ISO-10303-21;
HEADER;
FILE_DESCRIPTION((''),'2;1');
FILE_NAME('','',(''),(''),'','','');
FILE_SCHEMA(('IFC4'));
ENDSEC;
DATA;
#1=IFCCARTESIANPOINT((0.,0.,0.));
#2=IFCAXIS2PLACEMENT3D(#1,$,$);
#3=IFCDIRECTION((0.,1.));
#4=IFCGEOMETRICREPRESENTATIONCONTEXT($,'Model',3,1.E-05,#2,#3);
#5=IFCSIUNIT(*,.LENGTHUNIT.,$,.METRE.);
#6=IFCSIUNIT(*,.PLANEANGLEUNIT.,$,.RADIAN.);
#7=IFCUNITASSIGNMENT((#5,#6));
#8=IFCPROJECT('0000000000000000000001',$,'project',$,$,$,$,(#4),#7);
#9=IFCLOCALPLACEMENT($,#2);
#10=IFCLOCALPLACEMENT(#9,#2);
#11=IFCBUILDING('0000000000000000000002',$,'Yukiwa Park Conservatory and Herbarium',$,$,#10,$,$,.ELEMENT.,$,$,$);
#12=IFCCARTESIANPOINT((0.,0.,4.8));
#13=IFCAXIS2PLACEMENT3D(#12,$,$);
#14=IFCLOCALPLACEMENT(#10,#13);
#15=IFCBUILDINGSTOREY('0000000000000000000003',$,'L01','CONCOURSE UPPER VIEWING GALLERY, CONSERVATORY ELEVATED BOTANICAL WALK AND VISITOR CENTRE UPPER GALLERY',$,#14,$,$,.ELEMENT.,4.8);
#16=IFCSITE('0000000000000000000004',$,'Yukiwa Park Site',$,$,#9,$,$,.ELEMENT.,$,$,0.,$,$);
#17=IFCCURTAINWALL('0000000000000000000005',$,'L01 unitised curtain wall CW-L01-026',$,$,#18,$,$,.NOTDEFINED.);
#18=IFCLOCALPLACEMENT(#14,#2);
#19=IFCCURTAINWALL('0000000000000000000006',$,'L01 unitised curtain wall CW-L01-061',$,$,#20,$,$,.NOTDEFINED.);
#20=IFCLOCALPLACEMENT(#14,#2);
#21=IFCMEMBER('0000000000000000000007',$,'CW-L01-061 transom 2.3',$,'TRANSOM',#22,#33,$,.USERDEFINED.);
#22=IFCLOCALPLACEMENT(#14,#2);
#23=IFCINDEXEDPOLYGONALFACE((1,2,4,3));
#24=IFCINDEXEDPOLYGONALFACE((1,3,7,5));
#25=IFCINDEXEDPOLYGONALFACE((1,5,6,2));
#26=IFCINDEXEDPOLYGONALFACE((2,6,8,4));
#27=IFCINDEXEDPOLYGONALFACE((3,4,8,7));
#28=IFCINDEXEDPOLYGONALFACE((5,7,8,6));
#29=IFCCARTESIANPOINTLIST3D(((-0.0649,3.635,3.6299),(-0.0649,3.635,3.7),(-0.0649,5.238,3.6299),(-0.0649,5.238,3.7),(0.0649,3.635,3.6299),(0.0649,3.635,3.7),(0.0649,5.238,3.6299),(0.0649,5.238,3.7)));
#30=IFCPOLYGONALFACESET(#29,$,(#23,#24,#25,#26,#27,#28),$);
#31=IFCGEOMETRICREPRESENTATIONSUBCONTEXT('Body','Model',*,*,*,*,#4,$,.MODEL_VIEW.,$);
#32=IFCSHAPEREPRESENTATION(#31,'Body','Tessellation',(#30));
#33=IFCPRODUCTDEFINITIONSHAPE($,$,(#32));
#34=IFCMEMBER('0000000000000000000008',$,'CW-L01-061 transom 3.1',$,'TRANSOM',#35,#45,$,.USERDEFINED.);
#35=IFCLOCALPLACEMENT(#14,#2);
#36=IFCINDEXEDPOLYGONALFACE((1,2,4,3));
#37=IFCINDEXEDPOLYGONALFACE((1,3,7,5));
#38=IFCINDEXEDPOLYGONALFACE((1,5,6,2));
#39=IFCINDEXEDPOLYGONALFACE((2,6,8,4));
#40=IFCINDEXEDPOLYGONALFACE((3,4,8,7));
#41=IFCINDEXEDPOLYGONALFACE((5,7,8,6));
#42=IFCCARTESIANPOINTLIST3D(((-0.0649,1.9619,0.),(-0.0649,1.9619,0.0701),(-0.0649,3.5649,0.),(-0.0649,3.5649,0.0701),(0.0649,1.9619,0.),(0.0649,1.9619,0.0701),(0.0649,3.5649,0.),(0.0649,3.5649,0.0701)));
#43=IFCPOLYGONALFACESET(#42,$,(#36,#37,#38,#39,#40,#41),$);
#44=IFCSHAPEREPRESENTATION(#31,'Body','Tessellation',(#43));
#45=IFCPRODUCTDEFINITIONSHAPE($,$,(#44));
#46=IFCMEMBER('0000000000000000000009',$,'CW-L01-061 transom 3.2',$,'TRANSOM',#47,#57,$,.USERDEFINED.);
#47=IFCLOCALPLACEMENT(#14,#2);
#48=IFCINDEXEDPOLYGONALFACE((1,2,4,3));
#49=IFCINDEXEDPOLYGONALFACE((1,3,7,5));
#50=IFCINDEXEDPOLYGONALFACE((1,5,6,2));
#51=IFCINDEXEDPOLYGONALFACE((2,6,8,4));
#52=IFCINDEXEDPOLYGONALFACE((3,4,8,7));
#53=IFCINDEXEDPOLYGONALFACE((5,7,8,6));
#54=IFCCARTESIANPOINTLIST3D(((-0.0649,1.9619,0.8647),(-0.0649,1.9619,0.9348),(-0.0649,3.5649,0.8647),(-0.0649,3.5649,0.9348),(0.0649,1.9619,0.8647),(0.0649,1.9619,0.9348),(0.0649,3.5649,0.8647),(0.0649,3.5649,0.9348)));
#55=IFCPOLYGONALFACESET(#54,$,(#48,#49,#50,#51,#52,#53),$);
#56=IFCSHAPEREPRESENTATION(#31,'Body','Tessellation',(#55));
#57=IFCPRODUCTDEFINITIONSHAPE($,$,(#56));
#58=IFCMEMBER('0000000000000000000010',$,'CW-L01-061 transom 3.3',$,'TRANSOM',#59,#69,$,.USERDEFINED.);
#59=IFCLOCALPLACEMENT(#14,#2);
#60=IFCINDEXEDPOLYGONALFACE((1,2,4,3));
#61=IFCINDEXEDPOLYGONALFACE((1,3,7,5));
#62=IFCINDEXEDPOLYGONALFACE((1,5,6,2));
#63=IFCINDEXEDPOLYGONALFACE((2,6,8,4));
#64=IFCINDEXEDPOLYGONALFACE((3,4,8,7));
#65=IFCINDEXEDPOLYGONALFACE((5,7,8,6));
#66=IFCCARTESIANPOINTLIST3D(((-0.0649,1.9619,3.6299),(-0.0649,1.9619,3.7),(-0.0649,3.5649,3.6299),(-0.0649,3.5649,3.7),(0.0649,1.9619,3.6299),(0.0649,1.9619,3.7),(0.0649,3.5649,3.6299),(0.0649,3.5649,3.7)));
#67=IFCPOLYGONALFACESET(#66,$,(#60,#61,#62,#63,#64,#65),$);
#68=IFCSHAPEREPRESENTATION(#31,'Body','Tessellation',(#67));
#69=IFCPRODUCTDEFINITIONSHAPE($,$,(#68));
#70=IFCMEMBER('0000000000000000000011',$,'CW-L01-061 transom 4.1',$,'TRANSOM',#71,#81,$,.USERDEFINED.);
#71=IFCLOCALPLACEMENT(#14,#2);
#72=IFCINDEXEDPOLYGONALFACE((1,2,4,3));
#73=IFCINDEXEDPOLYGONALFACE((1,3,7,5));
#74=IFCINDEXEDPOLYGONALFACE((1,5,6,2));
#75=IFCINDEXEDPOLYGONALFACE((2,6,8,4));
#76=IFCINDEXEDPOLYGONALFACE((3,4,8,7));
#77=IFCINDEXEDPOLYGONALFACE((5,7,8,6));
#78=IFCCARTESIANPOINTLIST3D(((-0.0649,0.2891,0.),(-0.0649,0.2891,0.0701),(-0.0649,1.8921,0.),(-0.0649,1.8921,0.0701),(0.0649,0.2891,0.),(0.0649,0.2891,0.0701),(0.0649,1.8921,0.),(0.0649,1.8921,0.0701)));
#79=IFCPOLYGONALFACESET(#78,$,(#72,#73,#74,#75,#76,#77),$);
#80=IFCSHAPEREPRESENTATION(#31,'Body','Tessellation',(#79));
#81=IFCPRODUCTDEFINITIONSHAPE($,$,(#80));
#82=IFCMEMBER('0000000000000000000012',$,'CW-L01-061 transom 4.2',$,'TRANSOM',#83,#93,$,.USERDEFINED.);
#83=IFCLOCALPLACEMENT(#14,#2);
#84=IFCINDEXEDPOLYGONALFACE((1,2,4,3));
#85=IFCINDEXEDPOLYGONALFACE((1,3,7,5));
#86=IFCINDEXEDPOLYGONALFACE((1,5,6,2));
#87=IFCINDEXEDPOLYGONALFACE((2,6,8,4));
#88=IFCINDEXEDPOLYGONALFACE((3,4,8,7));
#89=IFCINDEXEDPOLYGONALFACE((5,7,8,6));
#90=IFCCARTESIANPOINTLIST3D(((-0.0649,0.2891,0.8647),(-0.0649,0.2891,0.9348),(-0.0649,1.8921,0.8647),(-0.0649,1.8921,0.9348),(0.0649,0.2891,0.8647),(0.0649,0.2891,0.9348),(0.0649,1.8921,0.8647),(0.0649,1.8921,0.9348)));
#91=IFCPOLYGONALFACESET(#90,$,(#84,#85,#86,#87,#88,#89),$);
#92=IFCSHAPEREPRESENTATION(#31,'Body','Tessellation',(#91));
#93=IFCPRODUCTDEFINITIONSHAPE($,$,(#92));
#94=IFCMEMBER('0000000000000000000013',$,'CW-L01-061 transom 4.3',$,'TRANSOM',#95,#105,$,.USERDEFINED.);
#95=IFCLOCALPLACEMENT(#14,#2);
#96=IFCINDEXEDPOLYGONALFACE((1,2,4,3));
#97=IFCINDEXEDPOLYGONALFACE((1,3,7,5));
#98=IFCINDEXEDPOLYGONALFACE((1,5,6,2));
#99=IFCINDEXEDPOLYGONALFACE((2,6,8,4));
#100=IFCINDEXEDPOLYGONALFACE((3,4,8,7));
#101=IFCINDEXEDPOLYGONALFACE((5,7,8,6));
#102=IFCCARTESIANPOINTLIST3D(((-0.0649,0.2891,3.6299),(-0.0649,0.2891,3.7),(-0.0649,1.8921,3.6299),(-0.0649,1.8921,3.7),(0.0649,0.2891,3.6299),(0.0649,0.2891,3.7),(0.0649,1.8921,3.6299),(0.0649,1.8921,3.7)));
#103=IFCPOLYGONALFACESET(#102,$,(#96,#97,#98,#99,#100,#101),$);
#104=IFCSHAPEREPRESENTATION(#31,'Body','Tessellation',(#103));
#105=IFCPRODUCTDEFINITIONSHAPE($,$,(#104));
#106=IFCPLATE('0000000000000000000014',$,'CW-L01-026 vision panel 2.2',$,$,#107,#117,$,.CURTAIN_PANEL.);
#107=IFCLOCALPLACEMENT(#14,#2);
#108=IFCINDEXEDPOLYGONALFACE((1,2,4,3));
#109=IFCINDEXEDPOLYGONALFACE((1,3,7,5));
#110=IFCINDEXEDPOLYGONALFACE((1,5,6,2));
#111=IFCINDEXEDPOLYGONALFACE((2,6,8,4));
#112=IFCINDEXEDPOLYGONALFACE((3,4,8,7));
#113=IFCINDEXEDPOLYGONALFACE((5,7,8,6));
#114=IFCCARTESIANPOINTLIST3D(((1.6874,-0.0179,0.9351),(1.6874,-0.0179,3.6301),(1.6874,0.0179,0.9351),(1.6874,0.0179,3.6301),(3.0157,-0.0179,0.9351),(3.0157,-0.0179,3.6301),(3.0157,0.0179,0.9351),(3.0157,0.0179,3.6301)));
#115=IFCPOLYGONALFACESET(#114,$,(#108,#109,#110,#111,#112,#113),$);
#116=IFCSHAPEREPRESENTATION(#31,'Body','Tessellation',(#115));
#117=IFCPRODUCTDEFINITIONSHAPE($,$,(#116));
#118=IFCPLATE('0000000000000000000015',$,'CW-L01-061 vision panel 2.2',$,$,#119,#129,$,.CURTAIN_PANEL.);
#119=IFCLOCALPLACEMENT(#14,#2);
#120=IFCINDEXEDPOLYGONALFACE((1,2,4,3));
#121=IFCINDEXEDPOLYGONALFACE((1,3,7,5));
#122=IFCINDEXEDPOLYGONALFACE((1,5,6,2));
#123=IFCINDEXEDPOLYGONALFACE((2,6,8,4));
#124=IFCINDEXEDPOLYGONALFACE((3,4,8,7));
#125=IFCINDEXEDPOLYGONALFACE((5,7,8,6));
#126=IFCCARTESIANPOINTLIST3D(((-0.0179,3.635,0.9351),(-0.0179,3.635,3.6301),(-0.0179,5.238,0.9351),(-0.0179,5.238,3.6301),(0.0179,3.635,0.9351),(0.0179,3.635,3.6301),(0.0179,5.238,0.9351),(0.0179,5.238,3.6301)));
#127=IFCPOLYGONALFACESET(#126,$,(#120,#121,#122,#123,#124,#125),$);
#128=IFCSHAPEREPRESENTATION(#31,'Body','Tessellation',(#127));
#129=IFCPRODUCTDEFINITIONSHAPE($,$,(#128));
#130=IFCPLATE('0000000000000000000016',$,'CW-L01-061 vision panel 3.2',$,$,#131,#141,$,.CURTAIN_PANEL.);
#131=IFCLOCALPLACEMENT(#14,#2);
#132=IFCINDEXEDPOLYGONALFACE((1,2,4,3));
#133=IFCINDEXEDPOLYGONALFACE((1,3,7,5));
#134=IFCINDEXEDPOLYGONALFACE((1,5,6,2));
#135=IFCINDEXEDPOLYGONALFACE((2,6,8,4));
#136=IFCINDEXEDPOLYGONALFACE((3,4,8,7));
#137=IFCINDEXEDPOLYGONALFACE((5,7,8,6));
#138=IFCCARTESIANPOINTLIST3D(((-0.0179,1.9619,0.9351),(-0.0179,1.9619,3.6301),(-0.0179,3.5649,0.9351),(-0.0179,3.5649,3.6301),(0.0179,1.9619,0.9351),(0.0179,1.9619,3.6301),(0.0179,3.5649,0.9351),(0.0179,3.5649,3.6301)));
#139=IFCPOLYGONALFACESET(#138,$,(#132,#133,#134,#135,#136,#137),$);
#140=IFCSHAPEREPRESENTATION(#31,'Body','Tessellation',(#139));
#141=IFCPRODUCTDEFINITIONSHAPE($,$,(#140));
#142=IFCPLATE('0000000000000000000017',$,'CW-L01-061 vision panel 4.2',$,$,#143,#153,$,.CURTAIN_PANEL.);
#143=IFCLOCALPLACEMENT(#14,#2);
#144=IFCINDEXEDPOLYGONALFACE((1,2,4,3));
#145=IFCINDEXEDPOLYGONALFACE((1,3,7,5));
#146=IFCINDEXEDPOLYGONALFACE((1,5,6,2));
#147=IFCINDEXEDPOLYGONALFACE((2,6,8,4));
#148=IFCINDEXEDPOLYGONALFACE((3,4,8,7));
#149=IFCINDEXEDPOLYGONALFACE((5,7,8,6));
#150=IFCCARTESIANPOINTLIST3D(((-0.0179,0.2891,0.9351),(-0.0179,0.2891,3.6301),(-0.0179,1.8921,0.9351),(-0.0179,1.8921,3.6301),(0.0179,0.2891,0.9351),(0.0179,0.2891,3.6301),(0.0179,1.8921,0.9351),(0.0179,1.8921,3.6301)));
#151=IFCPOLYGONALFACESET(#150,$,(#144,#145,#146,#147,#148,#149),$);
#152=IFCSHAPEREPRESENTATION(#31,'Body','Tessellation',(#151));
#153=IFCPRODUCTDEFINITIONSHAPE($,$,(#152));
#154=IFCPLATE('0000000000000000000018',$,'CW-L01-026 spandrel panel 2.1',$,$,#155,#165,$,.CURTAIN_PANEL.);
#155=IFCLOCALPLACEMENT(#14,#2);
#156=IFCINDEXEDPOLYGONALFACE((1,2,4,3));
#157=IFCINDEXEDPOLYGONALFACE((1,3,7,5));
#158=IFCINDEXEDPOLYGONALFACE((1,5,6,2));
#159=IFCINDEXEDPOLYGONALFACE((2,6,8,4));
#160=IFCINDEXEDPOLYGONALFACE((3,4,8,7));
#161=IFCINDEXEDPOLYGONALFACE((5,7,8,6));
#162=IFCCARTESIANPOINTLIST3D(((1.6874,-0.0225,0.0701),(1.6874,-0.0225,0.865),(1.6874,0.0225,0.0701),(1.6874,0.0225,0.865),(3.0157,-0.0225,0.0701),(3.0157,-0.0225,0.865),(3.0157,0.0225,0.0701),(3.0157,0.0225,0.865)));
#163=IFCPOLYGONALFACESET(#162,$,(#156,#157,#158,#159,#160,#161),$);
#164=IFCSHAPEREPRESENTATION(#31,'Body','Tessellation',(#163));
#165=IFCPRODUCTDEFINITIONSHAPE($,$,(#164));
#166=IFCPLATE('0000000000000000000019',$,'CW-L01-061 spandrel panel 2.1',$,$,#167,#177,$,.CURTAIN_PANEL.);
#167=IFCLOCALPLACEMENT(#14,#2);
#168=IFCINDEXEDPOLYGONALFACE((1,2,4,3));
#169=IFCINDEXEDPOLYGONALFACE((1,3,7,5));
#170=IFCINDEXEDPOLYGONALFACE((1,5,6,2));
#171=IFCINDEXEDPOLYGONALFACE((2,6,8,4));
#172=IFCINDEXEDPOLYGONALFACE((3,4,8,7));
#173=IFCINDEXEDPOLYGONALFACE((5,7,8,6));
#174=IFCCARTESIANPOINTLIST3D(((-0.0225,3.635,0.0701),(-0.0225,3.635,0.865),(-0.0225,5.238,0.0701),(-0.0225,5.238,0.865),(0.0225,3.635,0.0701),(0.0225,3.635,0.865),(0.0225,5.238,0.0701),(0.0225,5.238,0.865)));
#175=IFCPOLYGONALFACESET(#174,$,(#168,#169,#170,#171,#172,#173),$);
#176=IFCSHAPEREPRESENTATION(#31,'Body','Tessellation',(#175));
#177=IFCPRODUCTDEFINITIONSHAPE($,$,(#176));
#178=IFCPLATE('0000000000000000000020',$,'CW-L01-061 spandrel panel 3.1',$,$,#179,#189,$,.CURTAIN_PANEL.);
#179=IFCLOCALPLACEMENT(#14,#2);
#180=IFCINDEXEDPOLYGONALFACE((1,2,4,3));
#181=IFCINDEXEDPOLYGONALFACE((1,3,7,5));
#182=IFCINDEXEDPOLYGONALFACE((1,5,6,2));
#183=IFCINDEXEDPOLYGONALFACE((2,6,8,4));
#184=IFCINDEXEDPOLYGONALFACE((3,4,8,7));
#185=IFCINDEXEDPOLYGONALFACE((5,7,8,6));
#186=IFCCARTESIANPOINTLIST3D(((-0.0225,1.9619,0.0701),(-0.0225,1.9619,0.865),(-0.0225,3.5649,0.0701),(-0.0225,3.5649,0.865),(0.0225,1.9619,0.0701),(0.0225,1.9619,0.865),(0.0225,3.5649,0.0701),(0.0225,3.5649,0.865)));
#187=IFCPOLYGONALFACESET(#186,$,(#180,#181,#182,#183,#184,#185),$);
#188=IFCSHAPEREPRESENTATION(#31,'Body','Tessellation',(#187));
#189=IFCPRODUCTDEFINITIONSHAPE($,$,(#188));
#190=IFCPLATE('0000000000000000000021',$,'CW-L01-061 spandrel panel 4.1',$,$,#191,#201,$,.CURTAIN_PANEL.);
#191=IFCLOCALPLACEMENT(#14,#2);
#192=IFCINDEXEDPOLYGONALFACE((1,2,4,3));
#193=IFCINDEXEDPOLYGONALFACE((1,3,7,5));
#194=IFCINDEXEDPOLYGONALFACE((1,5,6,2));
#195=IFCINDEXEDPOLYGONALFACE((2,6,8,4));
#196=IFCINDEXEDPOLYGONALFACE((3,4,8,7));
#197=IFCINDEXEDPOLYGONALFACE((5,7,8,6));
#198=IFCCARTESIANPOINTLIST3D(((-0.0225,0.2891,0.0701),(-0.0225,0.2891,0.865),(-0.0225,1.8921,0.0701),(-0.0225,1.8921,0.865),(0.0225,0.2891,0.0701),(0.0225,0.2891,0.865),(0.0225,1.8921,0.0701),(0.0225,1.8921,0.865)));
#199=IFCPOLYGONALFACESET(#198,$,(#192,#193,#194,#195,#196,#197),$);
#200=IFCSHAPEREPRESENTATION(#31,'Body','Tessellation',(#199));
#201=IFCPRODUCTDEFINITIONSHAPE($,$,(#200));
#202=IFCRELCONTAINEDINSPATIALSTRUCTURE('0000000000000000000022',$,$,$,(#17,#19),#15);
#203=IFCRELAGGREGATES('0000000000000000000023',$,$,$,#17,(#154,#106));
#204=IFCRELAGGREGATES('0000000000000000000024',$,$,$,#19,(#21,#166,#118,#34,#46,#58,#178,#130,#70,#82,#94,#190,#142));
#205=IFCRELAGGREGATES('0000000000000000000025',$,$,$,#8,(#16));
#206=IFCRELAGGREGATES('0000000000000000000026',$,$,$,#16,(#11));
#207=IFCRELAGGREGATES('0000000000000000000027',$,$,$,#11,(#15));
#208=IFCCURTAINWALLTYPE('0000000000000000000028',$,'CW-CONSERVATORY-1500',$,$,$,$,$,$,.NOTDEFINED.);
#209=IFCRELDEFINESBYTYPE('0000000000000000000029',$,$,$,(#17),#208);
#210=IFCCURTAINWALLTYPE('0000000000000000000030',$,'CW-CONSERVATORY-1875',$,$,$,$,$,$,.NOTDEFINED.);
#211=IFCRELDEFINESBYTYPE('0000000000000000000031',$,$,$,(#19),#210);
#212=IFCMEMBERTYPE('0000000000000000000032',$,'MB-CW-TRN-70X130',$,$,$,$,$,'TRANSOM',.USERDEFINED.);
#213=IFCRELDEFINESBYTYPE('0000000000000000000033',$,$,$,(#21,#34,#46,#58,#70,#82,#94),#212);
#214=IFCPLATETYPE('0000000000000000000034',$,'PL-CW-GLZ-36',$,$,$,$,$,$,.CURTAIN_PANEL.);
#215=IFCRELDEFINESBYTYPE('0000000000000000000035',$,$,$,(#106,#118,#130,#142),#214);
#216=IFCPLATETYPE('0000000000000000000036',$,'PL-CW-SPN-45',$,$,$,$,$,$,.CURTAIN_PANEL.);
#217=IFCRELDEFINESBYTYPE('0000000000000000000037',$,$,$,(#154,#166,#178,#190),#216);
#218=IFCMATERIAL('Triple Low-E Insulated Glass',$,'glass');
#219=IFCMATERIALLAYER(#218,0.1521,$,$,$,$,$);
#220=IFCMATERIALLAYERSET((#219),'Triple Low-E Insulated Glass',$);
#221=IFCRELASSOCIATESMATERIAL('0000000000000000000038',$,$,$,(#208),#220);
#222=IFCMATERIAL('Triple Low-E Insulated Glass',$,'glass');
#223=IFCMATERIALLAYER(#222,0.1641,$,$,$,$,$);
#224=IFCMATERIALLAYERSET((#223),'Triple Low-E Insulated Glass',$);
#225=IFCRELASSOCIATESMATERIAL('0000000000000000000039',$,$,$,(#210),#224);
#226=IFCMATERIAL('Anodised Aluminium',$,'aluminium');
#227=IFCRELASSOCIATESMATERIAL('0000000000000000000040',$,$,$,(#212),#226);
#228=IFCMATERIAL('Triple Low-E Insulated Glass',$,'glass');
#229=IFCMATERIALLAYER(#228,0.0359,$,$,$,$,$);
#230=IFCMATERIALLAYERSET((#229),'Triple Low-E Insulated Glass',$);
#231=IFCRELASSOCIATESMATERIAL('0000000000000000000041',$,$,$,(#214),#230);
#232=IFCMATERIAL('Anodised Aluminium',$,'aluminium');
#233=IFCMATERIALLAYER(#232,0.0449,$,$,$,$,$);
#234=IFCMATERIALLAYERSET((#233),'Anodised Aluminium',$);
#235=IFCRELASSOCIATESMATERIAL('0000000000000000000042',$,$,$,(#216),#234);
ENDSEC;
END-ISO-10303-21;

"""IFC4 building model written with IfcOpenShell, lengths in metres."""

from ifc_helpers import new_model, si_unit, direction, frame, origin, origin_2d, place, context, subcontext, project, spatial, rectangle, extrude, material, layer, layer_set, type_object, element, aggregate, save


model = new_model("IFC4")

# Units and contexts
model_context = context("Model", 3, precision=1e-05, world=origin(), true_north=direction((0.0, 1.0)))
body_context = subcontext(model_context, "Body", "Model", "MODEL_VIEW")
ifc_project = project(units=[si_unit("LENGTHUNIT", "METRE"), si_unit("PLANEANGLEUNIT", "RADIAN")], contexts=[model_context])

# Site, building, storey
site_placement = place(None, origin())
site = spatial("IfcSite", under=ifc_project, at=site_placement, Name="Yukiwa Park Site", CompositionType="ELEMENT", RefElevation=0.0)
building_placement = place(site_placement, origin())
building = spatial("IfcBuilding", under=site, at=building_placement, Name="Yukiwa Park Conservatory and Herbarium", CompositionType="ELEMENT")
storey_placement = place(building_placement, frame((0.0, 0.0, 4.8)))
storey = spatial("IfcBuildingStorey", under=building, at=storey_placement, Name="L01", Description="CONCOURSE UPPER VIEWING GALLERY, CONSERVATORY ELEVATED BOTANICAL WALK AND VISITOR CENTRE UPPER GALLERY", CompositionType="ELEMENT", Elevation=4.8)

# Curtain wall
ifc_material_1 = material(Name="Triple Low-E Insulated Glass", Category="glass")
ifc_layer_1 = layer(ifc_material_1, 0.1521)
ifc_layer_set_1 = layer_set([ifc_layer_1], Name="Triple Low-E Insulated Glass")
curtain_wall_type_1 = type_object("IfcCurtainWallType", Name="CW-CONSERVATORY-1500", PredefinedType="NOTDEFINED", material=ifc_layer_set_1)
curtain_wall_1_placement = place(storey_placement, origin())
curtain_wall_1 = element("IfcCurtainWall", 1, at=curtain_wall_1_placement, inside=storey, type_object=curtain_wall_type_1, Name="L01 unitised curtain wall CW-L01-026", PredefinedType="NOTDEFINED")

# Curtain wall
ifc_material_2 = material(Name="Triple Low-E Insulated Glass", Category="glass")
ifc_layer_2 = layer(ifc_material_2, 0.1641)
ifc_layer_set_2 = layer_set([ifc_layer_2], Name="Triple Low-E Insulated Glass")
curtain_wall_type_2 = type_object("IfcCurtainWallType", Name="CW-CONSERVATORY-1875", PredefinedType="NOTDEFINED", material=ifc_layer_set_2)
curtain_wall_2_placement = place(storey_placement, origin())
curtain_wall_2 = element("IfcCurtainWall", 2, at=curtain_wall_2_placement, inside=storey, type_object=curtain_wall_type_2, Name="L01 unitised curtain wall CW-L01-061", PredefinedType="NOTDEFINED")

# Members
ifc_material_3 = material(Name="Anodised Aluminium", Category="aluminium")
member_type_1 = type_object("IfcMemberType", Name="MB-CW-TRN-70X130", ElementType="TRANSOM", PredefinedType="USERDEFINED", material=ifc_material_3)
member_1_placement = place(storey_placement, frame((0.0, 4.4365, 3.6299), z_axis=(0.0, 0.0, 1.0), x_axis=(0.0, -1.0, 0.0)))
member_1 = element("IfcMember", 3, at=member_1_placement, type_object=member_type_1, Name="CW-L01-061 transom 2.3", ObjectType="TRANSOM", PredefinedType="USERDEFINED", context=body_context, shape_type="SweptSolid", body=[
    extrude(rectangle(XDim=1.603, YDim=0.1299, at=origin_2d()), origin(), (0.0, 0.0, 1.0), 0.0701),
])
member_2_placement = place(storey_placement, frame((0.0, 2.7634, 0.0), z_axis=(0.0, 0.0, 1.0), x_axis=(0.0, -1.0, 0.0)))
member_2 = element("IfcMember", 4, at=member_2_placement, type_object=member_type_1, Name="CW-L01-061 transom 3.1", ObjectType="TRANSOM", PredefinedType="USERDEFINED", context=body_context, shape_type="SweptSolid", body=[
    extrude(rectangle(XDim=1.603, YDim=0.1299, at=origin_2d()), origin(), (0.0, 0.0, 1.0), 0.0701),
])
member_3_placement = place(storey_placement, frame((0.0, 2.7634, 0.8647), z_axis=(0.0, 0.0, 1.0), x_axis=(0.0, -1.0, 0.0)))
member_3 = element("IfcMember", 5, at=member_3_placement, type_object=member_type_1, Name="CW-L01-061 transom 3.2", ObjectType="TRANSOM", PredefinedType="USERDEFINED", context=body_context, shape_type="SweptSolid", body=[
    extrude(rectangle(XDim=1.603, YDim=0.1299, at=origin_2d()), origin(), (0.0, 0.0, 1.0), 0.0701),
])
member_4_placement = place(storey_placement, frame((0.0, 2.7634, 3.6299), z_axis=(0.0, 0.0, 1.0), x_axis=(0.0, -1.0, 0.0)))
member_4 = element("IfcMember", 6, at=member_4_placement, type_object=member_type_1, Name="CW-L01-061 transom 3.3", ObjectType="TRANSOM", PredefinedType="USERDEFINED", context=body_context, shape_type="SweptSolid", body=[
    extrude(rectangle(XDim=1.603, YDim=0.1299, at=origin_2d()), origin(), (0.0, 0.0, 1.0), 0.0701),
])
member_5_placement = place(storey_placement, frame((0.0, 1.0906, 0.0), z_axis=(0.0, 0.0, 1.0), x_axis=(0.0, -1.0, 0.0)))
member_5 = element("IfcMember", 7, at=member_5_placement, type_object=member_type_1, Name="CW-L01-061 transom 4.1", ObjectType="TRANSOM", PredefinedType="USERDEFINED", context=body_context, shape_type="SweptSolid", body=[
    extrude(rectangle(XDim=1.603, YDim=0.1299, at=origin_2d()), origin(), (0.0, 0.0, 1.0), 0.0701),
])
member_6_placement = place(storey_placement, frame((0.0, 1.0906, 0.8647), z_axis=(0.0, 0.0, 1.0), x_axis=(0.0, -1.0, 0.0)))
member_6 = element("IfcMember", 8, at=member_6_placement, type_object=member_type_1, Name="CW-L01-061 transom 4.2", ObjectType="TRANSOM", PredefinedType="USERDEFINED", context=body_context, shape_type="SweptSolid", body=[
    extrude(rectangle(XDim=1.603, YDim=0.1299, at=origin_2d()), origin(), (0.0, 0.0, 1.0), 0.0701),
])
member_7_placement = place(storey_placement, frame((0.0, 1.0906, 3.6299), z_axis=(0.0, 0.0, 1.0), x_axis=(0.0, -1.0, 0.0)))
member_7 = element("IfcMember", 9, at=member_7_placement, type_object=member_type_1, Name="CW-L01-061 transom 4.3", ObjectType="TRANSOM", PredefinedType="USERDEFINED", context=body_context, shape_type="SweptSolid", body=[
    extrude(rectangle(XDim=1.603, YDim=0.1299, at=origin_2d()), origin(), (0.0, 0.0, 1.0), 0.0701),
])

# Plates
ifc_material_4 = material(Name="Triple Low-E Insulated Glass", Category="glass")
ifc_layer_3 = layer(ifc_material_4, 0.0359)
ifc_layer_set_3 = layer_set([ifc_layer_3], Name="Triple Low-E Insulated Glass")
plate_type_1 = type_object("IfcPlateType", Name="PL-CW-GLZ-36", PredefinedType="CURTAIN_PANEL", material=ifc_layer_set_3)
plate_1_placement = place(storey_placement, frame((2.3516, 0.0, 0.9351), z_axis=(0.0, 0.0, 1.0), x_axis=(1.0, 0.0, 0.0)))
plate_1 = element("IfcPlate", 10, at=plate_1_placement, type_object=plate_type_1, Name="CW-L01-026 vision panel 2.2", PredefinedType="CURTAIN_PANEL", context=body_context, shape_type="SweptSolid", body=[
    extrude(rectangle(XDim=1.3284, YDim=0.0359, at=origin_2d()), origin(), (0.0, 0.0, 1.0), 2.6951),
])
plate_2_placement = place(storey_placement, frame((0.0, 4.4365, 0.9351), z_axis=(0.0, 0.0, 1.0), x_axis=(0.0, -1.0, 0.0)))
plate_2 = element("IfcPlate", 11, at=plate_2_placement, type_object=plate_type_1, Name="CW-L01-061 vision panel 2.2", PredefinedType="CURTAIN_PANEL", context=body_context, shape_type="SweptSolid", body=[
    extrude(rectangle(XDim=1.603, YDim=0.0359, at=origin_2d()), origin(), (0.0, 0.0, 1.0), 2.6951),
])
plate_3_placement = place(storey_placement, frame((0.0, 2.7634, 0.9351), z_axis=(0.0, 0.0, 1.0), x_axis=(0.0, -1.0, 0.0)))
plate_3 = element("IfcPlate", 12, at=plate_3_placement, type_object=plate_type_1, Name="CW-L01-061 vision panel 3.2", PredefinedType="CURTAIN_PANEL", context=body_context, shape_type="SweptSolid", body=[
    extrude(rectangle(XDim=1.603, YDim=0.0359, at=origin_2d()), origin(), (0.0, 0.0, 1.0), 2.6951),
])
plate_4_placement = place(storey_placement, frame((0.0, 1.0906, 0.9351), z_axis=(0.0, 0.0, 1.0), x_axis=(0.0, -1.0, 0.0)))
plate_4 = element("IfcPlate", 13, at=plate_4_placement, type_object=plate_type_1, Name="CW-L01-061 vision panel 4.2", PredefinedType="CURTAIN_PANEL", context=body_context, shape_type="SweptSolid", body=[
    extrude(rectangle(XDim=1.603, YDim=0.0359, at=origin_2d()), origin(), (0.0, 0.0, 1.0), 2.6951),
])
ifc_material_5 = material(Name="Anodised Aluminium", Category="aluminium")
ifc_layer_4 = layer(ifc_material_5, 0.0449)
ifc_layer_set_4 = layer_set([ifc_layer_4], Name="Anodised Aluminium")
plate_type_2 = type_object("IfcPlateType", Name="PL-CW-SPN-45", PredefinedType="CURTAIN_PANEL", material=ifc_layer_set_4)
plate_5_placement = place(storey_placement, frame((2.3516, 0.0, 0.0701), z_axis=(0.0, 0.0, 1.0), x_axis=(1.0, 0.0, 0.0)))
plate_5 = element("IfcPlate", 14, at=plate_5_placement, type_object=plate_type_2, Name="CW-L01-026 spandrel panel 2.1", PredefinedType="CURTAIN_PANEL", context=body_context, shape_type="SweptSolid", body=[
    extrude(rectangle(XDim=1.3284, YDim=0.0449, at=origin_2d()), origin(), (0.0, 0.0, 1.0), 0.7949),
])
aggregate(curtain_wall_1, [plate_5, plate_1])
plate_6_placement = place(storey_placement, frame((0.0, 4.4365, 0.0701), z_axis=(0.0, 0.0, 1.0), x_axis=(0.0, -1.0, 0.0)))
plate_6 = element("IfcPlate", 15, at=plate_6_placement, type_object=plate_type_2, Name="CW-L01-061 spandrel panel 2.1", PredefinedType="CURTAIN_PANEL", context=body_context, shape_type="SweptSolid", body=[
    extrude(rectangle(XDim=1.603, YDim=0.0449, at=origin_2d()), origin(), (0.0, 0.0, 1.0), 0.7949),
])
plate_7_placement = place(storey_placement, frame((0.0, 2.7634, 0.0701), z_axis=(0.0, 0.0, 1.0), x_axis=(0.0, -1.0, 0.0)))
plate_7 = element("IfcPlate", 16, at=plate_7_placement, type_object=plate_type_2, Name="CW-L01-061 spandrel panel 3.1", PredefinedType="CURTAIN_PANEL", context=body_context, shape_type="SweptSolid", body=[
    extrude(rectangle(XDim=1.603, YDim=0.0449, at=origin_2d()), origin(), (0.0, 0.0, 1.0), 0.7949),
])
plate_8_placement = place(storey_placement, frame((0.0, 1.0906, 0.0701), z_axis=(0.0, 0.0, 1.0), x_axis=(0.0, -1.0, 0.0)))
plate_8 = element("IfcPlate", 17, at=plate_8_placement, type_object=plate_type_2, Name="CW-L01-061 spandrel panel 4.1", PredefinedType="CURTAIN_PANEL", context=body_context, shape_type="SweptSolid", body=[
    extrude(rectangle(XDim=1.603, YDim=0.0449, at=origin_2d()), origin(), (0.0, 0.0, 1.0), 0.7949),
])
aggregate(curtain_wall_2, [member_1, plate_6, plate_2, member_2, member_3, member_4, plate_7, plate_3, member_5, member_6, member_7, plate_8, plate_4])

save(model, "model.ifc")
